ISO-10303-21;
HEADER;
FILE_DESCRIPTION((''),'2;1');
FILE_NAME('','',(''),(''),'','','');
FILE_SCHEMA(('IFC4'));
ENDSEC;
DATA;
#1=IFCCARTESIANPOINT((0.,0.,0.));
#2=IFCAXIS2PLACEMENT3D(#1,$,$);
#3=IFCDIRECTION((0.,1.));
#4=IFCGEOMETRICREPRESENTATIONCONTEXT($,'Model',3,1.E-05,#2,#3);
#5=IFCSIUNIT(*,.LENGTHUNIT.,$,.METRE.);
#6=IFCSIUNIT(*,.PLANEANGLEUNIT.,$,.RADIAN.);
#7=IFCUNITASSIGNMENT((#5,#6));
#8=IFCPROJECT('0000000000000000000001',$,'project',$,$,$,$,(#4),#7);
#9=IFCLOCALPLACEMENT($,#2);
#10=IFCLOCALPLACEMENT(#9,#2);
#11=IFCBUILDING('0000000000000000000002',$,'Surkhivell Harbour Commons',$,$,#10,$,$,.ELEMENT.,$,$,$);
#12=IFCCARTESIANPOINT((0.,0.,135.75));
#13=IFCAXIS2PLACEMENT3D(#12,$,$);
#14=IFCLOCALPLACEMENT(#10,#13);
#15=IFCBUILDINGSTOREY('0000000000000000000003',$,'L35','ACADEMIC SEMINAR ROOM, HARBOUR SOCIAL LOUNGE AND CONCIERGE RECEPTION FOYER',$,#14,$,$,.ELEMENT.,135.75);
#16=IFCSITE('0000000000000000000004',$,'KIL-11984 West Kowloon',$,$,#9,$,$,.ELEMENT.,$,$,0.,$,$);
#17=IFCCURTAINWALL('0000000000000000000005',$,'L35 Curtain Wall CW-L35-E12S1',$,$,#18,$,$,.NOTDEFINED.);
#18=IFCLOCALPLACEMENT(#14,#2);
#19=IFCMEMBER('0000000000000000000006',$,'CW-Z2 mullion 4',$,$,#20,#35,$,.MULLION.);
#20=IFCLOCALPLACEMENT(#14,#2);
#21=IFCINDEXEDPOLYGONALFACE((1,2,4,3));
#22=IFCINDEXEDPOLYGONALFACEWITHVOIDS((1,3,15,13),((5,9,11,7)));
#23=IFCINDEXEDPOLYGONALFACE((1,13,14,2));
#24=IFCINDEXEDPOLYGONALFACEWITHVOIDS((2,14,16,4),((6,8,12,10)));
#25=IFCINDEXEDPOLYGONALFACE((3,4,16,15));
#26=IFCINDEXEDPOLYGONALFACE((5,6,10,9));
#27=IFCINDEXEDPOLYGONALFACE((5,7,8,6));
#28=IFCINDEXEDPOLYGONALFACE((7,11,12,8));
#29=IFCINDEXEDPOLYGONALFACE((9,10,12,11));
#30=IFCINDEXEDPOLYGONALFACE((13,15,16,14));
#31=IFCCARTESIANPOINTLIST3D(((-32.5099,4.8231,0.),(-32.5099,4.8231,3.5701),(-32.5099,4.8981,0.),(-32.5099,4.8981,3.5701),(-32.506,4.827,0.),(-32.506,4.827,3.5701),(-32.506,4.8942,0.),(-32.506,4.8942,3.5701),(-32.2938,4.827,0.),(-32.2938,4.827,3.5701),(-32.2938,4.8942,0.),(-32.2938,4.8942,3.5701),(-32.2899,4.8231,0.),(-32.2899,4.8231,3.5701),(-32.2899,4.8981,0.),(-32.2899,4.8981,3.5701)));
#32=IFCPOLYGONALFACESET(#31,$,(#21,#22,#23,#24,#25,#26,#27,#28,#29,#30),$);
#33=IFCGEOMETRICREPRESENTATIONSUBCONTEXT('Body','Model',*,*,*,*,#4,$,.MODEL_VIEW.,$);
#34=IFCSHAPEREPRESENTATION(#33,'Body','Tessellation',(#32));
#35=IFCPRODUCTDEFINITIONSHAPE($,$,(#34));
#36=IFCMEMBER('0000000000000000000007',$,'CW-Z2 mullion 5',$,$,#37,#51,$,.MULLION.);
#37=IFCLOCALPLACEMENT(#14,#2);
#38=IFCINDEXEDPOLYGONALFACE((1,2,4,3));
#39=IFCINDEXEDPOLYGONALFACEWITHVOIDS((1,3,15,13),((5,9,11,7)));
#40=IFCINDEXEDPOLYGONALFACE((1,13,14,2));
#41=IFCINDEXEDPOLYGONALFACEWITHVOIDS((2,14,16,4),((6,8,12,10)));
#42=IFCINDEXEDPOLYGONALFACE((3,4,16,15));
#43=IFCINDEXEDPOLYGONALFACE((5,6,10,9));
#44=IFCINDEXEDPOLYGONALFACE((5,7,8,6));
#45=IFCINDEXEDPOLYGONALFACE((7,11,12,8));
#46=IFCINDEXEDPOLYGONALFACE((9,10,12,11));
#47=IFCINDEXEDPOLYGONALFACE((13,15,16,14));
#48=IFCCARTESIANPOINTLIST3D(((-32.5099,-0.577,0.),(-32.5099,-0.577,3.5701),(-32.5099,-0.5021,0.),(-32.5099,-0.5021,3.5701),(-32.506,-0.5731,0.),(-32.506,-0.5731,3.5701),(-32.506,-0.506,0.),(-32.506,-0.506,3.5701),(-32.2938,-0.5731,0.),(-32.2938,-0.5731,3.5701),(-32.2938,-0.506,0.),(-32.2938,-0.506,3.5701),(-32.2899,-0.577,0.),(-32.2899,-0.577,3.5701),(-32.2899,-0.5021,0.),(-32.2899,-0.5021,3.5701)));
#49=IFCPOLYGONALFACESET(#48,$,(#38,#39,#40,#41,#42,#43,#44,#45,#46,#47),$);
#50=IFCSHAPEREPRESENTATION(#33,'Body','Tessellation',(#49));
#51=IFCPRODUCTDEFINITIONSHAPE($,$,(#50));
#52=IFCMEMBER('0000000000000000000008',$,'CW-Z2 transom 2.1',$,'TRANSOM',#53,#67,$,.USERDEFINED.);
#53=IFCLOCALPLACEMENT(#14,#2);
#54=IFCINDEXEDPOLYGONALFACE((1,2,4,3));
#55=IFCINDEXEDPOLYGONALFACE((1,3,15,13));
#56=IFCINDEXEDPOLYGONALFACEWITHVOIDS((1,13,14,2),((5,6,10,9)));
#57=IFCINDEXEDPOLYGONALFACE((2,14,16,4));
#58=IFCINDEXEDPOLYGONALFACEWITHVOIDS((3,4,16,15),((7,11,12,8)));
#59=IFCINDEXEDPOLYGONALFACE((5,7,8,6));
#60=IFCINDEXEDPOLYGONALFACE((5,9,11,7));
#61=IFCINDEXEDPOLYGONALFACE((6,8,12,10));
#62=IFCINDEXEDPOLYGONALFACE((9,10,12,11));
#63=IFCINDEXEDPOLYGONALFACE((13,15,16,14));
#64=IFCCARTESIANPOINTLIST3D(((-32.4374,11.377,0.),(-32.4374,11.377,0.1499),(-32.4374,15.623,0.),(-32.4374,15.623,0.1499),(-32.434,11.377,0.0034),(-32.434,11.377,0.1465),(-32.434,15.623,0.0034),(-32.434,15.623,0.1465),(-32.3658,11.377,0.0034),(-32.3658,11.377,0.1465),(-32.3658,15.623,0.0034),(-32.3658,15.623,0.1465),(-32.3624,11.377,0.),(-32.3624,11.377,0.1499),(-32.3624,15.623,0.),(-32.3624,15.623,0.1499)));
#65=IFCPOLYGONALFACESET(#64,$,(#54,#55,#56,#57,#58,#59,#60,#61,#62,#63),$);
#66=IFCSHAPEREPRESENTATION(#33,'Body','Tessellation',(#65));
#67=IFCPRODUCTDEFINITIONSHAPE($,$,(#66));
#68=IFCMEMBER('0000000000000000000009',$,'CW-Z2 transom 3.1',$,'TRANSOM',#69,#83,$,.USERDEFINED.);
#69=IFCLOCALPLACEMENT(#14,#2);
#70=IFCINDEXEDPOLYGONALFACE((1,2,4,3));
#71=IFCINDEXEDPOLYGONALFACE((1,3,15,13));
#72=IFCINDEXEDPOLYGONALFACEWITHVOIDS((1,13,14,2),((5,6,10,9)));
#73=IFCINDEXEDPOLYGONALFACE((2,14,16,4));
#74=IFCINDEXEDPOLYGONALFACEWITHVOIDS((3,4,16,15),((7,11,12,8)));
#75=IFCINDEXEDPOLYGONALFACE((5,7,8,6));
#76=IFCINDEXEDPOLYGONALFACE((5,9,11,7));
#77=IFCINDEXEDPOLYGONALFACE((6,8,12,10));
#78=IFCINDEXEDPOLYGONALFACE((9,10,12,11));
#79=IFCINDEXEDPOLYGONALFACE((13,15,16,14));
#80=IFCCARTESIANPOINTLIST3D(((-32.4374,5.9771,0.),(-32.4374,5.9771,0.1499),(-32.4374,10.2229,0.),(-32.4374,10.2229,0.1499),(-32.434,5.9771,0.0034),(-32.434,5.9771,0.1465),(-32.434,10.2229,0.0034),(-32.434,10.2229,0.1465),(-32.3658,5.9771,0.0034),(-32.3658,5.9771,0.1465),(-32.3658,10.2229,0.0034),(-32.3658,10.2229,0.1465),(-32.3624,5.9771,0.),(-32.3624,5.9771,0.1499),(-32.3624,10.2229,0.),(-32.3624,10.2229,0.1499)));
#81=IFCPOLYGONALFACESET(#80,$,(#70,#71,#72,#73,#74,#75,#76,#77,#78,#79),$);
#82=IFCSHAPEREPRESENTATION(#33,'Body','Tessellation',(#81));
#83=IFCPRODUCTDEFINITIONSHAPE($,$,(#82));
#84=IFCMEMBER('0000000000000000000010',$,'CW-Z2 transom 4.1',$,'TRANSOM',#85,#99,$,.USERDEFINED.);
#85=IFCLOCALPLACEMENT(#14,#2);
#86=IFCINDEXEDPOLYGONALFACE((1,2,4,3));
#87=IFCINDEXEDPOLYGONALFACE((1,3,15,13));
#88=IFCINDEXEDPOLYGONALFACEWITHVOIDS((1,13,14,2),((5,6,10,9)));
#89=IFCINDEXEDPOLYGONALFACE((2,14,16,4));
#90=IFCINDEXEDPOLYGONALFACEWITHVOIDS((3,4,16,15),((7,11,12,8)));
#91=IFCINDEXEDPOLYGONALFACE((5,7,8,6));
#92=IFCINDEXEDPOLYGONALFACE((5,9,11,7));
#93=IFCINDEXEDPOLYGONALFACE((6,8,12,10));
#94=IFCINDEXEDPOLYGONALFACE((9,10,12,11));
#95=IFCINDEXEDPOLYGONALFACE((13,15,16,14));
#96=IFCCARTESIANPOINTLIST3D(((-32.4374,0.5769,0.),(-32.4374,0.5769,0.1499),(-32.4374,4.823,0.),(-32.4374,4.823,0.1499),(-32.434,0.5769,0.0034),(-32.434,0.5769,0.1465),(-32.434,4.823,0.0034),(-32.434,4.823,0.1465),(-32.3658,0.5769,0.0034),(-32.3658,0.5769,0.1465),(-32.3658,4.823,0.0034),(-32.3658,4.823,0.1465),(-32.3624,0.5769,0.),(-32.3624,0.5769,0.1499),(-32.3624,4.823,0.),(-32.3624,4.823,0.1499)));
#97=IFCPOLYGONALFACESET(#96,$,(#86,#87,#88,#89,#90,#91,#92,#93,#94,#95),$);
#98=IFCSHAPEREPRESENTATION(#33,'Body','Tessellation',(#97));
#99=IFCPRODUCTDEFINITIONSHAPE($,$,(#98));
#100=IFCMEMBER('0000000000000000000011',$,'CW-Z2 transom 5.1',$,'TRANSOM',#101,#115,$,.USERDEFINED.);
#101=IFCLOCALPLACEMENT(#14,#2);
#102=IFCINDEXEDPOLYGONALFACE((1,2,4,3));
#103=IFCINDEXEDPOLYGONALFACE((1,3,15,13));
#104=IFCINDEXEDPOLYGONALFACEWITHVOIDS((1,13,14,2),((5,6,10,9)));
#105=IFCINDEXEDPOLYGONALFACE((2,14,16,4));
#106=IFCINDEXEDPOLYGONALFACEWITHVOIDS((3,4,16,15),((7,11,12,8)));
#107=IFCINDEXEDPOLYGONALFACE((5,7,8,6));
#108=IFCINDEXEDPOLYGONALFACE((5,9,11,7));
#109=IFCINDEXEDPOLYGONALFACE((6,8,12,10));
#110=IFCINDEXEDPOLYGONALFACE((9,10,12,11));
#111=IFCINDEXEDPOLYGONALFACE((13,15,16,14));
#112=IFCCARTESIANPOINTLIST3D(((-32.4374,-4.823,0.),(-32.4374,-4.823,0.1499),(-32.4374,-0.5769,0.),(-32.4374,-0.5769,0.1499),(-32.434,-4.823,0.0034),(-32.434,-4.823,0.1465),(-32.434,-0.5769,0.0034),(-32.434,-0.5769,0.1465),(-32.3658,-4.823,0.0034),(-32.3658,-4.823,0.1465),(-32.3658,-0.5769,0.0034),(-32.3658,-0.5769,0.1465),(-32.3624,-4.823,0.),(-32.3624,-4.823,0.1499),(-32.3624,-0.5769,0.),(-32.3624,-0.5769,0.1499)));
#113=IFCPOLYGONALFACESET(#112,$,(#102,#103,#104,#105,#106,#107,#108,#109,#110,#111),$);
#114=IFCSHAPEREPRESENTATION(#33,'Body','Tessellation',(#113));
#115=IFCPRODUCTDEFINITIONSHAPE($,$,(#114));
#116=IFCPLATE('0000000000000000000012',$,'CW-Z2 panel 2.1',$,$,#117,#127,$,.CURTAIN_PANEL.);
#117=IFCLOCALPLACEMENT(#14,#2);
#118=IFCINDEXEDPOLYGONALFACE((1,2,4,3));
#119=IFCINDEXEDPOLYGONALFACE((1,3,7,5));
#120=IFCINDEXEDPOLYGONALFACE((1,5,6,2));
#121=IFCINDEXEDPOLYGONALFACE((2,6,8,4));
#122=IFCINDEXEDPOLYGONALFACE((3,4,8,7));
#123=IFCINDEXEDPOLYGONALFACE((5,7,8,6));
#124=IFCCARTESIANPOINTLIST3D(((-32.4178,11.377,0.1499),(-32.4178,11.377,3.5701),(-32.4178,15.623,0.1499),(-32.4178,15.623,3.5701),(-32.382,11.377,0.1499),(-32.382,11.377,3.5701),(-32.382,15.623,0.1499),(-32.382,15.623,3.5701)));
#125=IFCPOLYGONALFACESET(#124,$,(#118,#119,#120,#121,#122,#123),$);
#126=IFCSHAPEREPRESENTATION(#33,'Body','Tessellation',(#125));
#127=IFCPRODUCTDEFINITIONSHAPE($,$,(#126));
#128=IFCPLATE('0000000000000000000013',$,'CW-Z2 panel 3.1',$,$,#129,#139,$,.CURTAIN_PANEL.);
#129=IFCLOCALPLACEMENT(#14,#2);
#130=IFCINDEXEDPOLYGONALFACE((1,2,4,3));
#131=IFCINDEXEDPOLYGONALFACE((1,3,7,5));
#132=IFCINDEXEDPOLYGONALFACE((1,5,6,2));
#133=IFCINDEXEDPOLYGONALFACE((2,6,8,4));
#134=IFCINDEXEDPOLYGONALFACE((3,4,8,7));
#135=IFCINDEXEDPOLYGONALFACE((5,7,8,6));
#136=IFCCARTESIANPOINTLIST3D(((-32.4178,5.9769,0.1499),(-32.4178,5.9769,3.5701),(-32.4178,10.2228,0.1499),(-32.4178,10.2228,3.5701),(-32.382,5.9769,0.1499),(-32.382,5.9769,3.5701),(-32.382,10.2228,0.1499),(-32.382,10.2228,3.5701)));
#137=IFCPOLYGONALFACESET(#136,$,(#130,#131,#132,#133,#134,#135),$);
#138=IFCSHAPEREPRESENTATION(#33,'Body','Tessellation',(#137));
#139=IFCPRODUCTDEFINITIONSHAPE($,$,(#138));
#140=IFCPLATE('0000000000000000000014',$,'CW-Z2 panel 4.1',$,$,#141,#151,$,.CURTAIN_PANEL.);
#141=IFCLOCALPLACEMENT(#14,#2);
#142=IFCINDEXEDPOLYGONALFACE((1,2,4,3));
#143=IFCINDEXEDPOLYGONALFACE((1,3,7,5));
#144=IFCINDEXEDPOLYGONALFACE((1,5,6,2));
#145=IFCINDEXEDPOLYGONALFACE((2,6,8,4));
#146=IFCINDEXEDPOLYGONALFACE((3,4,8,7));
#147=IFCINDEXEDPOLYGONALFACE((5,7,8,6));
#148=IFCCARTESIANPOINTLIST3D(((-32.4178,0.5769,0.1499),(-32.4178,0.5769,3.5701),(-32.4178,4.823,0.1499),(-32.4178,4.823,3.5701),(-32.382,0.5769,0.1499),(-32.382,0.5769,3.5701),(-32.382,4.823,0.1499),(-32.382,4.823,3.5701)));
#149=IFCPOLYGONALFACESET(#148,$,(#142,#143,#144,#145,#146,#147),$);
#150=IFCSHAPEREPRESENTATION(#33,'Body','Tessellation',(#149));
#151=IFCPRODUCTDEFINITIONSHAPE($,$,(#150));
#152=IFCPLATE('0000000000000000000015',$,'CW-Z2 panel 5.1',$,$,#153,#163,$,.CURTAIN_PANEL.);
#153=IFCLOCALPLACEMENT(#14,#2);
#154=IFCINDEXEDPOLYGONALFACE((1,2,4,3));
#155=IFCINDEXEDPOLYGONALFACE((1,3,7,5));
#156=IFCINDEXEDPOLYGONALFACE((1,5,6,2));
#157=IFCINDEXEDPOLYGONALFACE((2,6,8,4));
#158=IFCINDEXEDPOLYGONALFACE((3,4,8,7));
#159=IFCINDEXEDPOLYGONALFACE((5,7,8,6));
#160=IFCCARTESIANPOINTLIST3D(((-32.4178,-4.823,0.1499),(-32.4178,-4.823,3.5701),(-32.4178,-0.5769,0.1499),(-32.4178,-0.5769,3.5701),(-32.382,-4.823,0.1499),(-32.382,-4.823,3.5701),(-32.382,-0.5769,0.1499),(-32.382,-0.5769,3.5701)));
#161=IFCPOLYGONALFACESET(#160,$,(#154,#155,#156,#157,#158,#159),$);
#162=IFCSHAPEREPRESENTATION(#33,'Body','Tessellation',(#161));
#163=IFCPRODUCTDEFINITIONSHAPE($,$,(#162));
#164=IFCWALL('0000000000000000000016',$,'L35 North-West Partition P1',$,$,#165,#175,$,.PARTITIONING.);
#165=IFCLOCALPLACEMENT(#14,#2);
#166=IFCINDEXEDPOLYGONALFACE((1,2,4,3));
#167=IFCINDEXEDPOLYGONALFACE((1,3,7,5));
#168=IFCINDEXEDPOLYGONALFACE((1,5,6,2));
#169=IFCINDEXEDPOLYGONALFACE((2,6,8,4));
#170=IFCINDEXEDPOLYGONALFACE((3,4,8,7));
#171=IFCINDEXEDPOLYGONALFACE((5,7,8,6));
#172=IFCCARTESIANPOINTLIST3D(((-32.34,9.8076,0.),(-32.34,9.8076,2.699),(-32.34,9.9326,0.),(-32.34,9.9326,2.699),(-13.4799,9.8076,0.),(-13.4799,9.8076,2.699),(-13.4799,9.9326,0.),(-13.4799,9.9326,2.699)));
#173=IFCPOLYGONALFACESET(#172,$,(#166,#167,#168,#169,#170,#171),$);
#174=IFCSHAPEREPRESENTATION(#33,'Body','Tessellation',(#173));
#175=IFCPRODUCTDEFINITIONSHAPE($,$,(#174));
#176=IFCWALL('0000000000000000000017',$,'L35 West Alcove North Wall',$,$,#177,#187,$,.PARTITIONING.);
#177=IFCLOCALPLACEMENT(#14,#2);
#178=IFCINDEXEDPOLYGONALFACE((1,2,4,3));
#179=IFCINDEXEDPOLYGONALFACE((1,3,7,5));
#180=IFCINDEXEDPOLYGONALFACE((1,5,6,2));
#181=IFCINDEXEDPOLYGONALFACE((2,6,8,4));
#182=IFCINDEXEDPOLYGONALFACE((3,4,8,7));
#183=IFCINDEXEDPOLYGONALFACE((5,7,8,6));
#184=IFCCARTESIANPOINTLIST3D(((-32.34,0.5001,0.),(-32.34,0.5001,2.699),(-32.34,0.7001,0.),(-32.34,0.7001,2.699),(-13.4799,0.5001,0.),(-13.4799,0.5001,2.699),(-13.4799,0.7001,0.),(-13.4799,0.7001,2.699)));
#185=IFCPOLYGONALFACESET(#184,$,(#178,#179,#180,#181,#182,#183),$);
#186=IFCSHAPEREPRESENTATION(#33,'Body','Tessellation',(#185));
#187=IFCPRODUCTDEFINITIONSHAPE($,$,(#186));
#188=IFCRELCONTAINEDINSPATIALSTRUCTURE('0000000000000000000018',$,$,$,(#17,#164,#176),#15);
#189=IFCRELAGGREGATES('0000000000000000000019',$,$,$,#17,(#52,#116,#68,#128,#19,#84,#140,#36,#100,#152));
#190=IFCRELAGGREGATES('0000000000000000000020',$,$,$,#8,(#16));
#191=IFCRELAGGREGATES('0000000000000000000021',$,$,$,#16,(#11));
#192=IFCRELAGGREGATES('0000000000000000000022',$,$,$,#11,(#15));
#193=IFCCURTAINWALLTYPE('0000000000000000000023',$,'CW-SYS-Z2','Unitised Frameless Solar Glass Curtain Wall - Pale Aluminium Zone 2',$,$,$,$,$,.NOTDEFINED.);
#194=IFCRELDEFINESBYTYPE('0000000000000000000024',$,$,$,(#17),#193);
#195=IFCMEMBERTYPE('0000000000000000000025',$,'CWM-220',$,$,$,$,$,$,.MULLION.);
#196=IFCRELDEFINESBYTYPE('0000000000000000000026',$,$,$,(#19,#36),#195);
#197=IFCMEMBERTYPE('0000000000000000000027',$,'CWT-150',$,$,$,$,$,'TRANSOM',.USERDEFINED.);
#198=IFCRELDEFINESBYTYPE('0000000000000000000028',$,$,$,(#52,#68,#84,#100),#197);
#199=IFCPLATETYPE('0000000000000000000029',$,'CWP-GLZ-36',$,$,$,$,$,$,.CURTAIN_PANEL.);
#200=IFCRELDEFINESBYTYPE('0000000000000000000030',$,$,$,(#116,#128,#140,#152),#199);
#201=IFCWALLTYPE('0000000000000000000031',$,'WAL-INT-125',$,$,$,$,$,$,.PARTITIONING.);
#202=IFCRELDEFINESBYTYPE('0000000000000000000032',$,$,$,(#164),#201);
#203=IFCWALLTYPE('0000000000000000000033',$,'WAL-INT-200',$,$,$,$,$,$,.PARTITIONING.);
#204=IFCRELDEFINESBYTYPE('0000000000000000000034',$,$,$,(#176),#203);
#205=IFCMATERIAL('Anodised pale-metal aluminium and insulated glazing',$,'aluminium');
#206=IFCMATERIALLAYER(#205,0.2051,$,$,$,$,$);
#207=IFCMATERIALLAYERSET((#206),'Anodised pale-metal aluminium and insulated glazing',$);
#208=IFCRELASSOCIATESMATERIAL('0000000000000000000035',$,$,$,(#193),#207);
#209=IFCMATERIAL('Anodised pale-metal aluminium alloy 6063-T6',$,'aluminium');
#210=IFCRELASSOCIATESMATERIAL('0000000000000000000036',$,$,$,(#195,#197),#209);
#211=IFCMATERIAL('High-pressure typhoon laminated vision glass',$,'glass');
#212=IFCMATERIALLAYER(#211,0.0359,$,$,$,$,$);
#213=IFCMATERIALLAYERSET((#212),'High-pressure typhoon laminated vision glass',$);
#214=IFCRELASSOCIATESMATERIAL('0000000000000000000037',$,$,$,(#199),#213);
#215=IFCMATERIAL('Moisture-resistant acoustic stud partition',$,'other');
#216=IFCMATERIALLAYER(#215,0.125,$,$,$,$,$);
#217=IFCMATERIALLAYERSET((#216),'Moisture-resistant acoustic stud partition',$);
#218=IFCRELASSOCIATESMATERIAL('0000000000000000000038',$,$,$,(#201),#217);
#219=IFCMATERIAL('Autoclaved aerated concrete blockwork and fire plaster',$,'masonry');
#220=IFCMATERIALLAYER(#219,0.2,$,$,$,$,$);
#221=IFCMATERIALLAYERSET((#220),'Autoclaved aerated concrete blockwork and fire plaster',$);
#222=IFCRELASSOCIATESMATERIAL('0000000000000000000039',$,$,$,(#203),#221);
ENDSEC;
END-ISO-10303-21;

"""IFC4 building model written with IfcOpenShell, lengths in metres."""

from ifc_helpers import new_model, si_unit, direction, frame, frame_2d, origin, origin_2d, place, context, subcontext, project, spatial, rectangle, hollow_rectangle, extrude, material, layer, layer_set, material_profile, profile_set, type_object, element, aggregate, save


model = new_model("IFC4")

# Units and contexts
model_context = context("Model", 3, precision=1e-05, world=origin(), true_north=direction((0.0, 1.0)))
body_context = subcontext(model_context, "Body", "Model", "MODEL_VIEW")
ifc_project = project(units=[si_unit("LENGTHUNIT", "METRE"), si_unit("PLANEANGLEUNIT", "RADIAN")], contexts=[model_context])

# Site, building, storey
site_placement = place(None, origin())
site = spatial("IfcSite", under=ifc_project, at=site_placement, Name="KIL-11984 West Kowloon", CompositionType="ELEMENT", RefElevation=0.0)
building_placement = place(site_placement, origin())
building = spatial("IfcBuilding", under=site, at=building_placement, Name="Surkhivell Harbour Commons", CompositionType="ELEMENT")
storey_placement = place(building_placement, frame((0.0, 0.0, 135.75)))
storey = spatial("IfcBuildingStorey", under=building, at=storey_placement, Name="L35", Description="ACADEMIC SEMINAR ROOM, HARBOUR SOCIAL LOUNGE AND CONCIERGE RECEPTION FOYER", CompositionType="ELEMENT", Elevation=135.75)

# Curtain wall, members, plates
ifc_material_1 = material(Name="Anodised pale-metal aluminium and insulated glazing", Category="aluminium")
ifc_layer_1 = layer(ifc_material_1, 0.2051)
ifc_layer_set_1 = layer_set([ifc_layer_1], Name="Anodised pale-metal aluminium and insulated glazing")
curtain_wall_type = type_object("IfcCurtainWallType", Name="CW-SYS-Z2", Description="Unitised Frameless Solar Glass Curtain Wall - Pale Aluminium Zone 2", PredefinedType="NOTDEFINED", material=ifc_layer_set_1)
curtain_wall_placement = place(storey_placement, origin())
curtain_wall = element("IfcCurtainWall", 1, at=curtain_wall_placement, inside=storey, type_object=curtain_wall_type, Name="L35 Curtain Wall CW-L35-E12S1", PredefinedType="NOTDEFINED")
ifc_material_2 = material(Name="Anodised pale-metal aluminium alloy 6063-T6", Category="aluminium")
ifc_material_profile_1 = material_profile(ifc_material_2, hollow_rectangle(XDim=0.075, YDim=0.22, WallThickness=0.0039, at=origin_2d()), Name="ALU-MULL-75x220")
ifc_profile_set_1 = profile_set([ifc_material_profile_1], Name="Anodised pale-metal aluminium alloy 6063-T6")
member_type_1 = type_object("IfcMemberType", Name="CWM-220", PredefinedType="MULLION", material=ifc_profile_set_1)
member_1_placement = place(storey_placement, frame((-32.3999, 4.8606, 0.0), z_axis=(0.0, 0.0, 1.0), x_axis=(0.0, -1.0, 0.0)))
member_1 = element("IfcMember", 2, at=member_1_placement, type_object=member_type_1, Name="CW-Z2 mullion 4", PredefinedType="MULLION", context=body_context, shape_type="SweptSolid", body=[
    extrude(hollow_rectangle(XDim=0.075, YDim=0.22, WallThickness=0.0039, at=origin_2d()), origin(), (0.0, 0.0, 1.0), 3.5701),
])
member_2_placement = place(storey_placement, frame((-32.3999, -0.5396, 0.0), z_axis=(0.0, 0.0, 1.0), x_axis=(0.0, -1.0, 0.0)))
member_2 = element("IfcMember", 3, at=member_2_placement, type_object=member_type_1, Name="CW-Z2 mullion 5", PredefinedType="MULLION", context=body_context, shape_type="SweptSolid", body=[
    extrude(hollow_rectangle(XDim=0.075, YDim=0.22, WallThickness=0.0039, at=origin_2d()), origin(), (0.0, 0.0, 1.0), 3.5701),
])
ifc_material_profile_2 = material_profile(ifc_material_2, hollow_rectangle(XDim=0.075, YDim=0.1499, WallThickness=0.0034, at=origin_2d()), Name="ALU-TRAN-75x150")
ifc_profile_set_2 = profile_set([ifc_material_profile_2], Name="Anodised pale-metal aluminium alloy 6063-T6")
member_type_2 = type_object("IfcMemberType", Name="CWT-150", ElementType="TRANSOM", PredefinedType="USERDEFINED", material=ifc_profile_set_2)
member_3_placement = place(storey_placement, frame((-32.3999, 15.623, 0.075), z_axis=(0.0, -1.0, 0.0), x_axis=(1.0, 0.0, 0.0)))
member_3 = element("IfcMember", 4, at=member_3_placement, type_object=member_type_2, Name="CW-Z2 transom 2.1", ObjectType="TRANSOM", PredefinedType="USERDEFINED", context=body_context, shape_type="SweptSolid", body=[
    extrude(hollow_rectangle(XDim=0.075, YDim=0.1499, WallThickness=0.0034, at=origin_2d()), origin(), (0.0, 0.0, 1.0), 4.2461),
])
member_4_placement = place(storey_placement, frame((-32.3999, 10.2229, 0.075), z_axis=(0.0, -1.0, 0.0), x_axis=(1.0, 0.0, 0.0)))
member_4 = element("IfcMember", 5, at=member_4_placement, type_object=member_type_2, Name="CW-Z2 transom 3.1", ObjectType="TRANSOM", PredefinedType="USERDEFINED", context=body_context, shape_type="SweptSolid", body=[
    extrude(hollow_rectangle(XDim=0.075, YDim=0.1499, WallThickness=0.0034, at=origin_2d()), origin(), (0.0, 0.0, 1.0), 4.2458),
])
member_5_placement = place(storey_placement, frame((-32.3999, 4.823, 0.075), z_axis=(0.0, -1.0, 0.0), x_axis=(1.0, 0.0, 0.0)))
member_5 = element("IfcMember", 6, at=member_5_placement, type_object=member_type_2, Name="CW-Z2 transom 4.1", ObjectType="TRANSOM", PredefinedType="USERDEFINED", context=body_context, shape_type="SweptSolid", body=[
    extrude(hollow_rectangle(XDim=0.075, YDim=0.1499, WallThickness=0.0034, at=origin_2d()), origin(), (0.0, 0.0, 1.0), 4.2461),
])
member_6_placement = place(storey_placement, frame((-32.3999, -0.5769, 0.075), z_axis=(0.0, -1.0, 0.0), x_axis=(1.0, 0.0, 0.0)))
member_6 = element("IfcMember", 7, at=member_6_placement, type_object=member_type_2, Name="CW-Z2 transom 5.1", ObjectType="TRANSOM", PredefinedType="USERDEFINED", context=body_context, shape_type="SweptSolid", body=[
    extrude(hollow_rectangle(XDim=0.075, YDim=0.1499, WallThickness=0.0034, at=origin_2d()), origin(), (0.0, 0.0, 1.0), 4.2461),
])
ifc_material_3 = material(Name="High-pressure typhoon laminated vision glass", Category="glass")
ifc_layer_2 = layer(ifc_material_3, 0.0359)
ifc_layer_set_2 = layer_set([ifc_layer_2], Name="High-pressure typhoon laminated vision glass")
plate_type = type_object("IfcPlateType", Name="CWP-GLZ-36", PredefinedType="CURTAIN_PANEL", material=ifc_layer_set_2)
plate_1_placement = place(storey_placement, frame((-32.3999, 15.623, 0.1499), z_axis=(0.0, 0.0, 1.0), x_axis=(0.0, -1.0, 0.0)))
plate_1 = element("IfcPlate", 8, at=plate_1_placement, type_object=plate_type, Name="CW-Z2 panel 2.1", PredefinedType="CURTAIN_PANEL", context=body_context, shape_type="SweptSolid", body=[
    extrude(rectangle(XDim=4.2461, YDim=0.0359, at=frame_2d((2.123, 0.0))), origin(), (0.0, 0.0, 1.0), 3.4202),
])
plate_2_placement = place(storey_placement, frame((-32.3999, 10.2229, 0.1499), z_axis=(0.0, 0.0, 1.0), x_axis=(0.0, -1.0, 0.0)))
plate_2 = element("IfcPlate", 9, at=plate_2_placement, type_object=plate_type, Name="CW-Z2 panel 3.1", PredefinedType="CURTAIN_PANEL", context=body_context, shape_type="SweptSolid", body=[
    extrude(rectangle(XDim=4.2458, YDim=0.0359, at=frame_2d((2.123, 0.0))), origin(), (0.0, 0.0, 1.0), 3.4202),
])
plate_3_placement = place(storey_placement, frame((-32.3999, 4.823, 0.1499), z_axis=(0.0, 0.0, 1.0), x_axis=(0.0, -1.0, 0.0)))
plate_3 = element("IfcPlate", 10, at=plate_3_placement, type_object=plate_type, Name="CW-Z2 panel 4.1", PredefinedType="CURTAIN_PANEL", context=body_context, shape_type="SweptSolid", body=[
    extrude(rectangle(XDim=4.2461, YDim=0.0359, at=frame_2d((2.123, 0.0))), origin(), (0.0, 0.0, 1.0), 3.4202),
])
plate_4_placement = place(storey_placement, frame((-32.3999, -0.5769, 0.1499), z_axis=(0.0, 0.0, 1.0), x_axis=(0.0, -1.0, 0.0)))
plate_4 = element("IfcPlate", 11, at=plate_4_placement, type_object=plate_type, Name="CW-Z2 panel 5.1", PredefinedType="CURTAIN_PANEL", context=body_context, shape_type="SweptSolid", body=[
    extrude(rectangle(XDim=4.2461, YDim=0.0359, at=frame_2d((2.123, 0.0))), origin(), (0.0, 0.0, 1.0), 3.4202),
])
aggregate(curtain_wall, [member_3, plate_1, member_4, plate_2, member_1, member_5, plate_3, member_2, member_6, plate_4])

# Walls
ifc_material_4 = material(Name="Moisture-resistant acoustic stud partition", Category="other")
ifc_layer_3 = layer(ifc_material_4, 0.125)
ifc_layer_set_3 = layer_set([ifc_layer_3], Name="Moisture-resistant acoustic stud partition")
wall_type_1 = type_object("IfcWallType", Name="WAL-INT-125", PredefinedType="PARTITIONING", material=ifc_layer_set_3)
wall_1_placement = place(storey_placement, frame((-32.3401, 9.8701, 0.0), z_axis=(0.0, 0.0, 1.0), x_axis=(1.0, 0.0, 0.0)))
element("IfcWall", 12, at=wall_1_placement, inside=storey, type_object=wall_type_1, Name="L35 North-West Partition P1", PredefinedType="PARTITIONING", context=body_context, shape_type="SweptSolid", body=[
    extrude(rectangle(XDim=18.8601, YDim=0.125, at=frame_2d((9.4302, 0.0))), origin(), (0.0, 0.0, 1.0), 2.699),
])
ifc_material_5 = material(Name="Autoclaved aerated concrete blockwork and fire plaster", Category="masonry")
ifc_layer_4 = layer(ifc_material_5, 0.2)
ifc_layer_set_4 = layer_set([ifc_layer_4], Name="Autoclaved aerated concrete blockwork and fire plaster")
wall_type_2 = type_object("IfcWallType", Name="WAL-INT-200", PredefinedType="PARTITIONING", material=ifc_layer_set_4)
wall_2_placement = place(storey_placement, frame((-32.3401, 0.6001, 0.0), z_axis=(0.0, 0.0, 1.0), x_axis=(1.0, 0.0, 0.0)))
element("IfcWall", 13, at=wall_2_placement, inside=storey, type_object=wall_type_2, Name="L35 West Alcove North Wall", PredefinedType="PARTITIONING", context=body_context, shape_type="SweptSolid", body=[
    extrude(rectangle(XDim=18.8601, YDim=0.2, at=frame_2d((9.4302, 0.0))), origin(), (0.0, 0.0, 1.0), 2.699),
])

save(model, "model.ifc")
